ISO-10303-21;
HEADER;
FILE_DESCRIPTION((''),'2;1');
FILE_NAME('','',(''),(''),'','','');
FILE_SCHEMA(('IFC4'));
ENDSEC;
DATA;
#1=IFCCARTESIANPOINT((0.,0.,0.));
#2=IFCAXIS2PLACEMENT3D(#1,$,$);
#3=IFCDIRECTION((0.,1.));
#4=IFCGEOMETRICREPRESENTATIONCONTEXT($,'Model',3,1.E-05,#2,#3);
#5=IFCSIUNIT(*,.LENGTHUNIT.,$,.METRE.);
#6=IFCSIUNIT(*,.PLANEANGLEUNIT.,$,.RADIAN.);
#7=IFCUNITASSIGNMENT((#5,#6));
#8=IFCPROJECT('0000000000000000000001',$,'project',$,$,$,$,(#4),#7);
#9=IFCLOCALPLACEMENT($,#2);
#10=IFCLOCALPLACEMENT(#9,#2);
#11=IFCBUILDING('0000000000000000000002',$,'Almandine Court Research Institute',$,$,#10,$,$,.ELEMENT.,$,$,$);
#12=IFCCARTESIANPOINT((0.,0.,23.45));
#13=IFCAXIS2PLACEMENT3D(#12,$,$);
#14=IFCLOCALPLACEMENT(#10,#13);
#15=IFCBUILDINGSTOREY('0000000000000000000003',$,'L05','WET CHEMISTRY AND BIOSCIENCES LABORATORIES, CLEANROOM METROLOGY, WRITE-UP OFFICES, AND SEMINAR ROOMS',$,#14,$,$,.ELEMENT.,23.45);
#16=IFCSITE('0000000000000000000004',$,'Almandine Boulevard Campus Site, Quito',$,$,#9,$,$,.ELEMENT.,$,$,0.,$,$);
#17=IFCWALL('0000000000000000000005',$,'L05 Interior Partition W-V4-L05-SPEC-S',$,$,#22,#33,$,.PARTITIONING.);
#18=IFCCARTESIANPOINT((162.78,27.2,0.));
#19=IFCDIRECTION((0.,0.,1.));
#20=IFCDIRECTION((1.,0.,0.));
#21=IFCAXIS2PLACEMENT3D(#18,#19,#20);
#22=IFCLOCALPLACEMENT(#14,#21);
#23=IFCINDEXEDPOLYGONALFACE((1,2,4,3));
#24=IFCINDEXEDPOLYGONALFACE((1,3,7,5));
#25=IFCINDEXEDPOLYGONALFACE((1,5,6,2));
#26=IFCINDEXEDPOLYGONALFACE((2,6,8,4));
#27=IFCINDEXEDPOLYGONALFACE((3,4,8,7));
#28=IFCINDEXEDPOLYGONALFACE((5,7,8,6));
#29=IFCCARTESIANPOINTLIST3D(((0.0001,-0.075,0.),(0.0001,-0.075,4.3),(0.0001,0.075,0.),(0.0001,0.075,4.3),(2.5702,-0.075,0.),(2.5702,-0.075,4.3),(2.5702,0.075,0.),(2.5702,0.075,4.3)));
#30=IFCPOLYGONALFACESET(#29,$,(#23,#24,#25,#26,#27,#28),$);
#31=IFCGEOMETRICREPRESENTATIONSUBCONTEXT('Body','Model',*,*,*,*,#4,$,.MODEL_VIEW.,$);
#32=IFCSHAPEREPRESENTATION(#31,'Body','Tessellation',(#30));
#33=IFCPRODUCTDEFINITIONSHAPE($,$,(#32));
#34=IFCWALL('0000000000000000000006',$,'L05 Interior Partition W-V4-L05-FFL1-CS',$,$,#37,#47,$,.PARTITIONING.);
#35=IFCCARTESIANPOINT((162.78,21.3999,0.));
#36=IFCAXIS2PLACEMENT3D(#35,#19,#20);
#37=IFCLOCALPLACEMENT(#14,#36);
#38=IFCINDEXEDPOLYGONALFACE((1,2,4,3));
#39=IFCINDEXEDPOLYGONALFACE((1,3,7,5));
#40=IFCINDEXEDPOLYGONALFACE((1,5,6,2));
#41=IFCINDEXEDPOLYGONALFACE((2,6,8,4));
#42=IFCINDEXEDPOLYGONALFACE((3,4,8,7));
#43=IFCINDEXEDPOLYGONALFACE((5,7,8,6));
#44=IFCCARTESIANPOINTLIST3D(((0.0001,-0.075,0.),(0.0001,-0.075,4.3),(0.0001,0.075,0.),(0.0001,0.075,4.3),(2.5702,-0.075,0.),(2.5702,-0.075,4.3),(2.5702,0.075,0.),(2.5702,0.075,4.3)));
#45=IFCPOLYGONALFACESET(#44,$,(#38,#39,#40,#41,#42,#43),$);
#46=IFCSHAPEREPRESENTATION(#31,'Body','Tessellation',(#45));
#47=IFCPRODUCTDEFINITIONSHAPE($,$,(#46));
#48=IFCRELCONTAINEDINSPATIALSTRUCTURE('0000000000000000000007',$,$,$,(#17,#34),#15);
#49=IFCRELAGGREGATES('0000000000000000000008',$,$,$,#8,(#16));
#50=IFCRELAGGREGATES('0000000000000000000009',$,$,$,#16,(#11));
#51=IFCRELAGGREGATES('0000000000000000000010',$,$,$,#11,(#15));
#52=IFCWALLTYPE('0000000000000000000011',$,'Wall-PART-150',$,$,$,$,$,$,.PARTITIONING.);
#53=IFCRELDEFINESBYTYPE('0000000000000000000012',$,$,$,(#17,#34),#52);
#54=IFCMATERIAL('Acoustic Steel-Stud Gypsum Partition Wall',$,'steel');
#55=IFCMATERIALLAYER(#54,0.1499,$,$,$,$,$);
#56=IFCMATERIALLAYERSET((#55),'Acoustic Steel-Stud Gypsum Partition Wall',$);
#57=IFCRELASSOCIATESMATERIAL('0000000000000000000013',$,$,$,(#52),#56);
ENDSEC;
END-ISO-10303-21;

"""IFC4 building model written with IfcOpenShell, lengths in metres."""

from ifc_helpers import new_model, si_unit, direction, frame, frame_2d, origin, place, context, subcontext, project, spatial, rectangle, extrude, material, layer, layer_set, type_object, element, save


model = new_model("IFC4")

# Units and contexts
model_context = context("Model", 3, precision=1e-05, world=origin(), true_north=direction((0.0, 1.0)))
body_context = subcontext(model_context, "Body", "Model", "MODEL_VIEW")
ifc_project = project(units=[si_unit("LENGTHUNIT", "METRE"), si_unit("PLANEANGLEUNIT", "RADIAN")], contexts=[model_context])

# Site, building, storey
site_placement = place(None, origin())
site = spatial("IfcSite", under=ifc_project, at=site_placement, Name="Almandine Boulevard Campus Site, Quito", CompositionType="ELEMENT", RefElevation=0.0)
building_placement = place(site_placement, origin())
building = spatial("IfcBuilding", under=site, at=building_placement, Name="Almandine Court Research Institute", CompositionType="ELEMENT")
storey_placement = place(building_placement, frame((0.0, 0.0, 23.45)))
storey = spatial("IfcBuildingStorey", under=building, at=storey_placement, Name="L05", Description="WET CHEMISTRY AND BIOSCIENCES LABORATORIES, CLEANROOM METROLOGY, WRITE-UP OFFICES, AND SEMINAR ROOMS", CompositionType="ELEMENT", Elevation=23.45)

# Shared definitions
ifc_material_1 = material(Name="Acoustic Steel-Stud Gypsum Partition Wall", Category="steel")
ifc_layer_1 = layer(ifc_material_1, 0.1499)
ifc_layer_set_1 = layer_set([ifc_layer_1], Name="Acoustic Steel-Stud Gypsum Partition Wall")
wall_type_1 = type_object("IfcWallType", Name="Wall-PART-150", PredefinedType="PARTITIONING", material=ifc_layer_set_1)

# Wall
wall_1_placement = place(storey_placement, frame((162.78, 27.2, 0.0), z_axis=(0.0, 0.0, 1.0), x_axis=(1.0, 0.0, 0.0)))
element("IfcWall", 1, at=wall_1_placement, inside=storey, type_object=wall_type_1, Name="L05 Interior Partition W-V4-L05-SPEC-S", PredefinedType="PARTITIONING", context=body_context, shape_type="SweptSolid", body=[
    extrude(rectangle(XDim=2.5701, YDim=0.1499, at=frame_2d((1.2852, 0.0))), origin(), (0.0, 0.0, 1.0), 4.3),
])

# Wall
wall_2_placement = place(storey_placement, frame((162.78, 21.3999, 0.0), z_axis=(0.0, 0.0, 1.0), x_axis=(1.0, 0.0, 0.0)))
element("IfcWall", 2, at=wall_2_placement, inside=storey, type_object=wall_type_1, Name="L05 Interior Partition W-V4-L05-FFL1-CS", PredefinedType="PARTITIONING", context=body_context, shape_type="SweptSolid", body=[
    extrude(rectangle(XDim=2.5701, YDim=0.1499, at=frame_2d((1.2852, 0.0))), origin(), (0.0, 0.0, 1.0), 4.3),
])

save(model, "model.ifc")
